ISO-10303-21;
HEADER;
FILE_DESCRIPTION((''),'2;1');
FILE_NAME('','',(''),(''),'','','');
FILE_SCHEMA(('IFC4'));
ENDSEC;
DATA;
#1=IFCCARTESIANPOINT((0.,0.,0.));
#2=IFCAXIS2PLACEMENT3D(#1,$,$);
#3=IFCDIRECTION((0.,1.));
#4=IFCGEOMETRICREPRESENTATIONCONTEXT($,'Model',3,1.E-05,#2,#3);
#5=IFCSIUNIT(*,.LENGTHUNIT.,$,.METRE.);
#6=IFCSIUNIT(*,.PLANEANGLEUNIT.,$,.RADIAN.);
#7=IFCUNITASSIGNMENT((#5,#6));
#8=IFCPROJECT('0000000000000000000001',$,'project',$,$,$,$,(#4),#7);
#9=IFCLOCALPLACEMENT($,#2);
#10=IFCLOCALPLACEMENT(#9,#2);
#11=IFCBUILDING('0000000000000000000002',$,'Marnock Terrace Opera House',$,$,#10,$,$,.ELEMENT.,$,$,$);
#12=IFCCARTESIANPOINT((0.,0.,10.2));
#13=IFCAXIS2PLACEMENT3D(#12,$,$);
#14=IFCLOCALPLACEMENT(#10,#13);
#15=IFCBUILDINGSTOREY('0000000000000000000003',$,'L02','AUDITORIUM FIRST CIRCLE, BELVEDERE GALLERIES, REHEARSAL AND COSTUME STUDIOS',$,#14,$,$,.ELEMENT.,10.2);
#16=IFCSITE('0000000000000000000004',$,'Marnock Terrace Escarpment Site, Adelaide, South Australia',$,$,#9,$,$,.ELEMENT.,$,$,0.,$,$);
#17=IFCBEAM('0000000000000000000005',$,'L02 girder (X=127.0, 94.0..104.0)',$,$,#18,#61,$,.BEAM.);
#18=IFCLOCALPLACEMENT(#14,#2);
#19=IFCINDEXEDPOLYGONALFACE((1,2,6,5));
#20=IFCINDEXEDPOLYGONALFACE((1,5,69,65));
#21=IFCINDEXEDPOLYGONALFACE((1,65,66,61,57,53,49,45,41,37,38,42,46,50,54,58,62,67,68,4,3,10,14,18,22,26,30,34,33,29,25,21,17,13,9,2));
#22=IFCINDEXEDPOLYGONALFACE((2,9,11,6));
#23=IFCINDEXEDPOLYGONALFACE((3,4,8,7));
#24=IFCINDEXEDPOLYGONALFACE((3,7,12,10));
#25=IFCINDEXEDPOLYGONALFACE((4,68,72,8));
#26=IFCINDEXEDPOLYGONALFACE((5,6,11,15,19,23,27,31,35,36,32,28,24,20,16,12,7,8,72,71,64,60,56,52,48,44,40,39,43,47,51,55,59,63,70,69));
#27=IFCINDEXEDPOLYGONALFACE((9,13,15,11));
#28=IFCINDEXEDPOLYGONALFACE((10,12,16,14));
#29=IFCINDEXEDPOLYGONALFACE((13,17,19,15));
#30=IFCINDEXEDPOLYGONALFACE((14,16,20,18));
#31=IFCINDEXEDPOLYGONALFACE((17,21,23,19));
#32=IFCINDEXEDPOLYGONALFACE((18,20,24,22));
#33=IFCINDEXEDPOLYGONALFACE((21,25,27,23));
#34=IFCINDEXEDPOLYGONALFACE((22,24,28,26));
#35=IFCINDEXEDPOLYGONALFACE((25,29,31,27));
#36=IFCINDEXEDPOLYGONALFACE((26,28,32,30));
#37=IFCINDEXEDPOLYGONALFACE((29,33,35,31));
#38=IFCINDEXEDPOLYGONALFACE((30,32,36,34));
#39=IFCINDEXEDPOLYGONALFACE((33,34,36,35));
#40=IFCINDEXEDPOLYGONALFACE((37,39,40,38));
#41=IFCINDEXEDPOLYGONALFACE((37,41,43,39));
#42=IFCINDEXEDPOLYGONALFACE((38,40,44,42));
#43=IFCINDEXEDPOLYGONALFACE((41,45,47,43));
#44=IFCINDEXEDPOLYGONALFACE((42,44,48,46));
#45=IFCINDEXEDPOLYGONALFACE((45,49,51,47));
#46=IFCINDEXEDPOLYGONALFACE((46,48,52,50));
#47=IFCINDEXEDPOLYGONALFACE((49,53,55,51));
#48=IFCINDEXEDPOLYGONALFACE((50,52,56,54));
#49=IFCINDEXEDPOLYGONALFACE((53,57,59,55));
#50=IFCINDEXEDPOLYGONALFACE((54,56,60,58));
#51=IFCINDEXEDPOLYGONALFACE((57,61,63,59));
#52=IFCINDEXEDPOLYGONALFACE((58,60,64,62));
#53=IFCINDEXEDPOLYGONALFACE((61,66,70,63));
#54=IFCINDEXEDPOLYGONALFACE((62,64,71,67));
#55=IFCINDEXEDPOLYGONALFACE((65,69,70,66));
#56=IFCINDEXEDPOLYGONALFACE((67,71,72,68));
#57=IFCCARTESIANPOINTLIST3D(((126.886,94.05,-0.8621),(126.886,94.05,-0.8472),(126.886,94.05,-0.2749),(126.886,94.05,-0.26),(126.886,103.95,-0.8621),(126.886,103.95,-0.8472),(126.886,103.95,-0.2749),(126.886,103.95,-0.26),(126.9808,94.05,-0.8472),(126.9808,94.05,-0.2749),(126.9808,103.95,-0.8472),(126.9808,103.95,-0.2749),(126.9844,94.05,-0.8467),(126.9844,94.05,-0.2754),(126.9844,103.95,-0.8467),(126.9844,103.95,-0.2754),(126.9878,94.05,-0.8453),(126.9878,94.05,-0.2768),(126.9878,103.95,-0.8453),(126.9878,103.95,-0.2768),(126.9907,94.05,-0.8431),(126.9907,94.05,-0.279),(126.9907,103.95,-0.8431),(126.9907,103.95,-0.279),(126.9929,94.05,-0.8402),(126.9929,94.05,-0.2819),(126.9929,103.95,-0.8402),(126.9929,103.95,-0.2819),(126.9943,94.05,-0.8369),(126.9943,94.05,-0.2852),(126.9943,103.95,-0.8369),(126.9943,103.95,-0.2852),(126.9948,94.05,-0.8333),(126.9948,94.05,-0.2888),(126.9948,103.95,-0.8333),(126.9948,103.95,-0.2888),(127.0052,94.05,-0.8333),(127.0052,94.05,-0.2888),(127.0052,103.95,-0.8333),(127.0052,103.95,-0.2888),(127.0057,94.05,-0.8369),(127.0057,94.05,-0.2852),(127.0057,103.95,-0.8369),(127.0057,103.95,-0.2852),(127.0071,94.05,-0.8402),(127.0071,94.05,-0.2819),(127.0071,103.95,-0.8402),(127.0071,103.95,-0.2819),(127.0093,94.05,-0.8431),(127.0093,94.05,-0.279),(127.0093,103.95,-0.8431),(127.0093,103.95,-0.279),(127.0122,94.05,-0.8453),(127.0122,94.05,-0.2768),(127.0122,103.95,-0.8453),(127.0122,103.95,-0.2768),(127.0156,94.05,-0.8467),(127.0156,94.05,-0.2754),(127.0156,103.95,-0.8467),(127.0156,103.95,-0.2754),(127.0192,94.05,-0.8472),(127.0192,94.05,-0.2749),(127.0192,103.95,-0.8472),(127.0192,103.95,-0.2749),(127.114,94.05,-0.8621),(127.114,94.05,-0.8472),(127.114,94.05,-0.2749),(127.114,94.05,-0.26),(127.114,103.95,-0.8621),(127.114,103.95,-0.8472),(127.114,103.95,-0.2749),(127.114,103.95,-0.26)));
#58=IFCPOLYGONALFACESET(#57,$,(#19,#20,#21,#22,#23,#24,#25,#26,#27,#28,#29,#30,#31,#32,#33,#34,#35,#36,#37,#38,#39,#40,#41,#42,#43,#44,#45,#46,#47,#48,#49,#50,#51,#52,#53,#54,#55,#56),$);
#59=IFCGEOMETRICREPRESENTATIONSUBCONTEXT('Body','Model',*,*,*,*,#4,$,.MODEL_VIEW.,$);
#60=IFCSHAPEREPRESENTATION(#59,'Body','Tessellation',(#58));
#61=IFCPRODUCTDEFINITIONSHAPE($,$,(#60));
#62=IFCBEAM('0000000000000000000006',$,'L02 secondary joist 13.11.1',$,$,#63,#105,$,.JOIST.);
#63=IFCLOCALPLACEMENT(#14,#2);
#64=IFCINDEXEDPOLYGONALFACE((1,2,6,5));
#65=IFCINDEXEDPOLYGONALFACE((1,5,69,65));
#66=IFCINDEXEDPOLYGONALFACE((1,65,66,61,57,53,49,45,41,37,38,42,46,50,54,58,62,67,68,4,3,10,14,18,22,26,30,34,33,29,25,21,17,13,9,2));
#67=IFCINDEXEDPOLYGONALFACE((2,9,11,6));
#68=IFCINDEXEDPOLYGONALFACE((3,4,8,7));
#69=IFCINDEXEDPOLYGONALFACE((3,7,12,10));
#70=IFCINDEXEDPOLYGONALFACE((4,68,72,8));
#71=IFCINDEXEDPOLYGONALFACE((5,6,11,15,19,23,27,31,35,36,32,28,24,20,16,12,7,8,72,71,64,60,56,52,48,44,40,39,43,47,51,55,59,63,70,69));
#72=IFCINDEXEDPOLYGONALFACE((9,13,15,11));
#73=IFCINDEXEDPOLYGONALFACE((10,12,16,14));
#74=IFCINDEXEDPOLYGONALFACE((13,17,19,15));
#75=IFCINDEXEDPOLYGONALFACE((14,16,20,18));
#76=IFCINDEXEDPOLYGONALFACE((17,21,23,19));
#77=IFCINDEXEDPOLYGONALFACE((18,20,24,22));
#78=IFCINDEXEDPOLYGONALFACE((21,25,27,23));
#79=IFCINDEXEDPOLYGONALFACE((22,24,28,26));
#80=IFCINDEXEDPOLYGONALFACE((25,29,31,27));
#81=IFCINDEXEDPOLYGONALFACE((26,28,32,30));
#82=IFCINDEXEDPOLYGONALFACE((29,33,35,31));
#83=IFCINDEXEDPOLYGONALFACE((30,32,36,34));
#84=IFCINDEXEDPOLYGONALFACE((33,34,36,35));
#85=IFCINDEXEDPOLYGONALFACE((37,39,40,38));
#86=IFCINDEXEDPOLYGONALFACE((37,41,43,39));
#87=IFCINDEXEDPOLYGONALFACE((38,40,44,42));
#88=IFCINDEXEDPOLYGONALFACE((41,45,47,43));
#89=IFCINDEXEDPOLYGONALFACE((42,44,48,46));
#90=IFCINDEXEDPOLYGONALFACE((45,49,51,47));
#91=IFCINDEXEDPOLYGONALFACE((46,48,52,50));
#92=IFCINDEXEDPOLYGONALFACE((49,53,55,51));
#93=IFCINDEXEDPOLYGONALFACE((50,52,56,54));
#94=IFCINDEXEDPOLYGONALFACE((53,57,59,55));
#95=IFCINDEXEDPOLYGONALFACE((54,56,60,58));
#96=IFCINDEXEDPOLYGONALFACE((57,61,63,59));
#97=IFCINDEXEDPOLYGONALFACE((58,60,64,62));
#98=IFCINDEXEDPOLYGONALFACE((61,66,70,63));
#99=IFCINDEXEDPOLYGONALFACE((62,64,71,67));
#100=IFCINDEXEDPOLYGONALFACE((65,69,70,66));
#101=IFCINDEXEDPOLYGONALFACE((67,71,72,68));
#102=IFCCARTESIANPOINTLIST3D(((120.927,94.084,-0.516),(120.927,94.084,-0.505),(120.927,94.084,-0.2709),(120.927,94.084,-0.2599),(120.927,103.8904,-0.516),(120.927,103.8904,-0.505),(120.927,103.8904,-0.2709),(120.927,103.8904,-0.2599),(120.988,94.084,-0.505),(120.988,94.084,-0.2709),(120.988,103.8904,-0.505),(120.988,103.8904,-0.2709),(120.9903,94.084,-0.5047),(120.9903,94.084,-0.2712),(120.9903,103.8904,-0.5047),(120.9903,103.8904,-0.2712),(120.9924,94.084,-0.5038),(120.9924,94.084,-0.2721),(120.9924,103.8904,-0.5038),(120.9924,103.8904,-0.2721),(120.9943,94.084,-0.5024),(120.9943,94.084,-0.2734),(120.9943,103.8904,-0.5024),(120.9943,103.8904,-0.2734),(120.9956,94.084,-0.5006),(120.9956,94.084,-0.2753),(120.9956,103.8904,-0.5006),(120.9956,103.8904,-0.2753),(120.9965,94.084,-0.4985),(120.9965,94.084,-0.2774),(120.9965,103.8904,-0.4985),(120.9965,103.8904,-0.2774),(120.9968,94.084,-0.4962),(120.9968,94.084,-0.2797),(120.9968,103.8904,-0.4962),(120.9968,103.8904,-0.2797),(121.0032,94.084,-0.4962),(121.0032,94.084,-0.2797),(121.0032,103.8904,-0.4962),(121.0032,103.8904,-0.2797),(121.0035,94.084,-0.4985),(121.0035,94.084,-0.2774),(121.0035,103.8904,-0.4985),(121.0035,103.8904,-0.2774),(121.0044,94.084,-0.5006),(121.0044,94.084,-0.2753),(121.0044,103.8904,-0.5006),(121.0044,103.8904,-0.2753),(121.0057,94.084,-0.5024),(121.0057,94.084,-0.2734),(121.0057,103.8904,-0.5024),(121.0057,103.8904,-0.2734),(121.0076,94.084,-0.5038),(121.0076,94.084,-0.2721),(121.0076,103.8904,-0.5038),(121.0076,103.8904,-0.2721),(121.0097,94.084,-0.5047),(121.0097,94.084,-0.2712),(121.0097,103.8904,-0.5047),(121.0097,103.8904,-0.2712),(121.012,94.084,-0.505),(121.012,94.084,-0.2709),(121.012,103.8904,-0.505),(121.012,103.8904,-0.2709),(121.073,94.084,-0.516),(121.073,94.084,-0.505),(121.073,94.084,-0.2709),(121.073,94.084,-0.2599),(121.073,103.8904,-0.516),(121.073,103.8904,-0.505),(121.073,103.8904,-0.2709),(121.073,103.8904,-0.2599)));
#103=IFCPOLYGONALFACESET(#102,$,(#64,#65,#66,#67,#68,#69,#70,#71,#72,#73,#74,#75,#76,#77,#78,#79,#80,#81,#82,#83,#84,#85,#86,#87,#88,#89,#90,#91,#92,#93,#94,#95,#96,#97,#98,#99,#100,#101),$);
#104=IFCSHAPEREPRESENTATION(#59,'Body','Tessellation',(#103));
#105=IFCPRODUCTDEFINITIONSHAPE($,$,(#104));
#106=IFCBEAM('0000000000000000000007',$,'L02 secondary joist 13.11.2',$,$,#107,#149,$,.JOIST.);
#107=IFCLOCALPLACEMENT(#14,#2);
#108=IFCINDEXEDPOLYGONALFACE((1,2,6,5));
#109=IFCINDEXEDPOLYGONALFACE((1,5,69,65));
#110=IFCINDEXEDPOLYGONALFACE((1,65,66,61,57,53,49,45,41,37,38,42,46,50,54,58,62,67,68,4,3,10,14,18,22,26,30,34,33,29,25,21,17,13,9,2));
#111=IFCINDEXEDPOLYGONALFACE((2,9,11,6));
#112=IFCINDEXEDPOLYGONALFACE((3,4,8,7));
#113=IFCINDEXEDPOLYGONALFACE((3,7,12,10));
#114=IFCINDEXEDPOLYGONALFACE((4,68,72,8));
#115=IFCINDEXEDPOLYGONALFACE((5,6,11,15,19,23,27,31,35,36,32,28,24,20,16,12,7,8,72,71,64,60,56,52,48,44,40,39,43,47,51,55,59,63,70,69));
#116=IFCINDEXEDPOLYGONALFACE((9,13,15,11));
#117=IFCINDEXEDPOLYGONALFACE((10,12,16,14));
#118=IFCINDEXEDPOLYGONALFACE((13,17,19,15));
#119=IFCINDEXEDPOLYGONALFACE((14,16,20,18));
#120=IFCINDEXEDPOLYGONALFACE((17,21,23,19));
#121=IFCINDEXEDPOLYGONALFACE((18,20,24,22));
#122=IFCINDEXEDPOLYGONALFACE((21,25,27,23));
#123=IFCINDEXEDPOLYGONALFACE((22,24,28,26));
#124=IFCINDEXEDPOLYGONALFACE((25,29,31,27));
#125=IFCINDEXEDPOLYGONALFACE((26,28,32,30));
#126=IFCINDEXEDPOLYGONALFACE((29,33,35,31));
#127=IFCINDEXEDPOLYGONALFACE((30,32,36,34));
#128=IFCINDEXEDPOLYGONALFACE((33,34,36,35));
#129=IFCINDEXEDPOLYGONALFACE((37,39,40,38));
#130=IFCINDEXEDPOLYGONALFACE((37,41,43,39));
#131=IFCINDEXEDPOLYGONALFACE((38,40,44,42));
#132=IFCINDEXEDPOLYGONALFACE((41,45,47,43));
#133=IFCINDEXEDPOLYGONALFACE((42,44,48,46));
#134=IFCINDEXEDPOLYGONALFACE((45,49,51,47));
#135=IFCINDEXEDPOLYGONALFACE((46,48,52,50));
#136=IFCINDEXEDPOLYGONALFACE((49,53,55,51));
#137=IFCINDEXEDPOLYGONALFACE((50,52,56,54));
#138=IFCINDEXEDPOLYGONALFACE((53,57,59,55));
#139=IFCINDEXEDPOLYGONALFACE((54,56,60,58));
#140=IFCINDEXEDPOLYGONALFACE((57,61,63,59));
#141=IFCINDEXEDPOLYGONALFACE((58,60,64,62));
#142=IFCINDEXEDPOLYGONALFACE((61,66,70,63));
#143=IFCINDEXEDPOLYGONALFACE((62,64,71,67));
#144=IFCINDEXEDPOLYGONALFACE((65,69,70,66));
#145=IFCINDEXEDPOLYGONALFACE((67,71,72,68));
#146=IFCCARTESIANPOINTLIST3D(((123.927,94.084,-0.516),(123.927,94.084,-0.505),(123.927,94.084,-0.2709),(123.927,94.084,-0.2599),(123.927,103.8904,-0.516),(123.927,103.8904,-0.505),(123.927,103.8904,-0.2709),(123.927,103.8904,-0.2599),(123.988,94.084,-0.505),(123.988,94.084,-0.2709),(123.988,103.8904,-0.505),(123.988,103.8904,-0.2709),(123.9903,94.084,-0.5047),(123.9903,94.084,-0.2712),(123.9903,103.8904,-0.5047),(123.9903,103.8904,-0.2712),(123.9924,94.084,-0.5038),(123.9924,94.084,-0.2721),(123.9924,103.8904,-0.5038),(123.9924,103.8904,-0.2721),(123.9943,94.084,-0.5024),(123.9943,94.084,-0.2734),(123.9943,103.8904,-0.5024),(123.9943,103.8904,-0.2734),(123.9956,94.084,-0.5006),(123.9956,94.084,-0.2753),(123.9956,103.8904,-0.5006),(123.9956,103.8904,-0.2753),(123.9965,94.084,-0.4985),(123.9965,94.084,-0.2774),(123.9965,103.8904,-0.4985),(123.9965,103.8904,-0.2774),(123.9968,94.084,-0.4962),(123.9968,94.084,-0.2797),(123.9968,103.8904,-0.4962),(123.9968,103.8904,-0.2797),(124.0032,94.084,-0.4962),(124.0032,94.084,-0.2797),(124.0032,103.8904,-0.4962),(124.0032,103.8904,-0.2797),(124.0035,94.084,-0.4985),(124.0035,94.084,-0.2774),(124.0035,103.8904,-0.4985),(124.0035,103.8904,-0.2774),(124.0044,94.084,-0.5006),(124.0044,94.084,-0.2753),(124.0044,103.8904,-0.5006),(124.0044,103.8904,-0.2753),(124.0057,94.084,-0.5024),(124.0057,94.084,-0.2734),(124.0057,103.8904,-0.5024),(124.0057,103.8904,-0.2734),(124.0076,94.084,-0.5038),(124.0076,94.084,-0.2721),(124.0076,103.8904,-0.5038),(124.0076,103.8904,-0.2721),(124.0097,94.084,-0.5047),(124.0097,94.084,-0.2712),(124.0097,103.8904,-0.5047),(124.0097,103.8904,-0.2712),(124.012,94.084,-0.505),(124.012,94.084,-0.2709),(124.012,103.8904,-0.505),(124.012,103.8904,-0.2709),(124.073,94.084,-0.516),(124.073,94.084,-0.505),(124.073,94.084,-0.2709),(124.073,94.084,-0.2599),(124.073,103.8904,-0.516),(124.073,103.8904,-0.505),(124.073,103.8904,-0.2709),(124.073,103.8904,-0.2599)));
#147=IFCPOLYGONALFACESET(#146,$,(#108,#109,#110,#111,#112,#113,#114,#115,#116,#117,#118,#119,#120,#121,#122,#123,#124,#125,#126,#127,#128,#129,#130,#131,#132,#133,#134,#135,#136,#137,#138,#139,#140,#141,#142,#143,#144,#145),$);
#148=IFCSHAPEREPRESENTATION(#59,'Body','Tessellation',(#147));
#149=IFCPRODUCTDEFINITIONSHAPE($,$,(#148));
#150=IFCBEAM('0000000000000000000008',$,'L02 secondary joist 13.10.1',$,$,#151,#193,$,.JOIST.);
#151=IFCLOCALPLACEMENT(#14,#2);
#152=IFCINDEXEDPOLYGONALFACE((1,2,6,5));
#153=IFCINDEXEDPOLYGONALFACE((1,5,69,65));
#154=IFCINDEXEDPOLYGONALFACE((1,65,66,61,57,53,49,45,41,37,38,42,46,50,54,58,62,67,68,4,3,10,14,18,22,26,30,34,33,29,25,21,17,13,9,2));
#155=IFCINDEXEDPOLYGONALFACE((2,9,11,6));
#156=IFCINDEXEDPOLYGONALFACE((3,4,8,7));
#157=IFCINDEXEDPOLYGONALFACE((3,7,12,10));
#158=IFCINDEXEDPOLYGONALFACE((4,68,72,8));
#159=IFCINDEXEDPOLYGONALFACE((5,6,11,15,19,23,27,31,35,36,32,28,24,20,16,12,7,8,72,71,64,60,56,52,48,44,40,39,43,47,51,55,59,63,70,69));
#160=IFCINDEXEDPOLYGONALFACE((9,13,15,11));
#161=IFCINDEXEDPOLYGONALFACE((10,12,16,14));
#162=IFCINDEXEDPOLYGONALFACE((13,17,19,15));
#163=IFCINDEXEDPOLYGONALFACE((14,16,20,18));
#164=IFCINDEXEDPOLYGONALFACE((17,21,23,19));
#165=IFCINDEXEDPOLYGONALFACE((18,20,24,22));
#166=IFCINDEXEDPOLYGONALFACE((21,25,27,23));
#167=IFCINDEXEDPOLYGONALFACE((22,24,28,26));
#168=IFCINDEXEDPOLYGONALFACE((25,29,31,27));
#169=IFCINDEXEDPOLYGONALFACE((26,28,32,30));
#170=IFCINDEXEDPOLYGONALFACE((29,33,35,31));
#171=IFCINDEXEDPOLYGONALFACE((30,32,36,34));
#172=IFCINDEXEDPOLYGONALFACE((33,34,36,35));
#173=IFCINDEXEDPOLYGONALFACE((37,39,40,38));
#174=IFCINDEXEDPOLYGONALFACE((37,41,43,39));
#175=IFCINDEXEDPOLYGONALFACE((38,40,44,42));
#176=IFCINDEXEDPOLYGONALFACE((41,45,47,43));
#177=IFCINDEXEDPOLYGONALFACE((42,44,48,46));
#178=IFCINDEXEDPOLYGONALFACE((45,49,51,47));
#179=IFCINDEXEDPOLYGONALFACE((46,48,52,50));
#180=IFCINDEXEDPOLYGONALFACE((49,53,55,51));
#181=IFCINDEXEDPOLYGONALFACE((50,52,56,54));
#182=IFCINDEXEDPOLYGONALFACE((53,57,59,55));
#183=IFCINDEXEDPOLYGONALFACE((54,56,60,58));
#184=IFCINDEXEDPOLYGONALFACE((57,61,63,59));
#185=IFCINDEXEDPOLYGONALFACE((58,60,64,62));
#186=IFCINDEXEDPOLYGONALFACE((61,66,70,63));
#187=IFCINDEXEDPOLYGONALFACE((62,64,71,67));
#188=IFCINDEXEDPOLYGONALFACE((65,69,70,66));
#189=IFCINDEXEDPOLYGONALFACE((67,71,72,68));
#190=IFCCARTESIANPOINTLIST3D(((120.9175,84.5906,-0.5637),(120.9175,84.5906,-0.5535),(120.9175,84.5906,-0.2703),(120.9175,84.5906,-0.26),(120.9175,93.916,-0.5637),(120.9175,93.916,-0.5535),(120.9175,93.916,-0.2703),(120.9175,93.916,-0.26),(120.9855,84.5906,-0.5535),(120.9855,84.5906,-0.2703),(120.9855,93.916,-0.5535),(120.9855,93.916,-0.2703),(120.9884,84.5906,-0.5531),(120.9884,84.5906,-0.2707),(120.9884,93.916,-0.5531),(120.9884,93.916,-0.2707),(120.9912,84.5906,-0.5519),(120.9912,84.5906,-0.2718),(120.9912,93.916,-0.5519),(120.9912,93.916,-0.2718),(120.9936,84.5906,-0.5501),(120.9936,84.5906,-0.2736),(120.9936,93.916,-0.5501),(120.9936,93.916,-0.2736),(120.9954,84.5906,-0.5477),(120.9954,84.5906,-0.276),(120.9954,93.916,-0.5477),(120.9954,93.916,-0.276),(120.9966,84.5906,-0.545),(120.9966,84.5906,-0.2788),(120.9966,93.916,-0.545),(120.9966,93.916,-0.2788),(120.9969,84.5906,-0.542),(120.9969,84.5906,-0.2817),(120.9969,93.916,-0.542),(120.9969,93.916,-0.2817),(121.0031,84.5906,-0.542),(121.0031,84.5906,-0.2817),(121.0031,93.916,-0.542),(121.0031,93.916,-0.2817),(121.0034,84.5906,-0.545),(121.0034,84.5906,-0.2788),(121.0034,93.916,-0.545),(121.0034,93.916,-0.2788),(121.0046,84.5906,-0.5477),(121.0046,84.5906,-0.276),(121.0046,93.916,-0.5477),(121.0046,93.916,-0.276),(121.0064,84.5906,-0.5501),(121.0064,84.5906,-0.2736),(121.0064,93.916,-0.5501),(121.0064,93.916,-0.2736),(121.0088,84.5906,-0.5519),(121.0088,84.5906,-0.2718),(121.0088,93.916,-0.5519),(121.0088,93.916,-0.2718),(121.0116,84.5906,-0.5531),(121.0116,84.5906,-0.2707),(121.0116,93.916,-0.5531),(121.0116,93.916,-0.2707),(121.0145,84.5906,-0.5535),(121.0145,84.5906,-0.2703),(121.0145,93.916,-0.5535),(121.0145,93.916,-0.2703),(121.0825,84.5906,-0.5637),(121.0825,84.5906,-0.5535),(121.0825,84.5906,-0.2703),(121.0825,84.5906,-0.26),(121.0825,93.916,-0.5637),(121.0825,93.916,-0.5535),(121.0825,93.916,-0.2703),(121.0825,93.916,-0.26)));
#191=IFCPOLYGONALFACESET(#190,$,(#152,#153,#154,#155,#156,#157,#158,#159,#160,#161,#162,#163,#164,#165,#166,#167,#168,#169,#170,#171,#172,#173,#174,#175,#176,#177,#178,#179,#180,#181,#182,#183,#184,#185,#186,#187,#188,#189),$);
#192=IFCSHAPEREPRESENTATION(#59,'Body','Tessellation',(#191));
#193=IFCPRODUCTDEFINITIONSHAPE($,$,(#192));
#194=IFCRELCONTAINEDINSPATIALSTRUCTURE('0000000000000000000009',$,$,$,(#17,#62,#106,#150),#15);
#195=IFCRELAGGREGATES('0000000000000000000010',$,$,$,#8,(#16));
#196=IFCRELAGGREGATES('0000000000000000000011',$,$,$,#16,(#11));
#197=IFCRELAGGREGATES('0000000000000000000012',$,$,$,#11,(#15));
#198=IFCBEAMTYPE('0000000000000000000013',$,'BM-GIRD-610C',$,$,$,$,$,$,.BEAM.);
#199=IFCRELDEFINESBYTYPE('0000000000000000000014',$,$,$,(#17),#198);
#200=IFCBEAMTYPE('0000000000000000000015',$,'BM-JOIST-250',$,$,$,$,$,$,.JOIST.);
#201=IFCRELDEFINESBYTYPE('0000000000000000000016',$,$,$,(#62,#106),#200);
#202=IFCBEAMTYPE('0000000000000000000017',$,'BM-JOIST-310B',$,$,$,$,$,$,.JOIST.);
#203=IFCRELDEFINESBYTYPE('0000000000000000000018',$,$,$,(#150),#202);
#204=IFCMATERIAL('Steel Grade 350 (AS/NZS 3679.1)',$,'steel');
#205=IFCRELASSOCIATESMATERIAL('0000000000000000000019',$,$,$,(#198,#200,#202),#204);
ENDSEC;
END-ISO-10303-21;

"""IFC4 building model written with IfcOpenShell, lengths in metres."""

from ifc_helpers import new_model, si_unit, direction, frame, origin, origin_2d, place, context, subcontext, project, spatial, i_section, extrude, material, material_profile, profile_set, type_object, element, save


model = new_model("IFC4")

# Units and contexts
model_context = context("Model", 3, precision=1e-05, world=origin(), true_north=direction((0.0, 1.0)))
body_context = subcontext(model_context, "Body", "Model", "MODEL_VIEW")
ifc_project = project(units=[si_unit("LENGTHUNIT", "METRE"), si_unit("PLANEANGLEUNIT", "RADIAN")], contexts=[model_context])

# Site, building, storey
site_placement = place(None, origin())
site = spatial("IfcSite", under=ifc_project, at=site_placement, Name="Marnock Terrace Escarpment Site, Adelaide, South Australia", CompositionType="ELEMENT", RefElevation=0.0)
building_placement = place(site_placement, origin())
building = spatial("IfcBuilding", under=site, at=building_placement, Name="Marnock Terrace Opera House", CompositionType="ELEMENT")
storey_placement = place(building_placement, frame((0.0, 0.0, 10.2)))
storey = spatial("IfcBuildingStorey", under=building, at=storey_placement, Name="L02", Description="AUDITORIUM FIRST CIRCLE, BELVEDERE GALLERIES, REHEARSAL AND COSTUME STUDIOS", CompositionType="ELEMENT", Elevation=10.2)

# Beams
ifc_material_1 = material(Name="Steel Grade 350 (AS/NZS 3679.1)", Category="steel")
ifc_material_profile_1 = material_profile(ifc_material_1, i_section(OverallWidth=0.228, OverallDepth=0.6021, WebThickness=0.0105, FlangeThickness=0.0149, FilletRadius=0.0139, at=origin_2d()))
ifc_profile_set_1 = profile_set([ifc_material_profile_1], Name="Steel Grade 350 (AS/NZS 3679.1)")
beam_type_1 = type_object("IfcBeamType", Name="BM-GIRD-610C", PredefinedType="BEAM", material=ifc_profile_set_1)
beam_1_placement = place(storey_placement, frame((127.0, 94.05, -0.561), z_axis=(0.0, 1.0, 0.0), x_axis=(-1.0, 0.0, 0.0)))
element("IfcBeam", 1, at=beam_1_placement, inside=storey, type_object=beam_type_1, Name="L02 girder (X=127.0, 94.0..104.0)", PredefinedType="BEAM", context=body_context, shape_type="SweptSolid", body=[
    extrude(i_section(OverallWidth=0.228, OverallDepth=0.6021, WebThickness=0.0105, FlangeThickness=0.0149, FilletRadius=0.0139, at=origin_2d()), origin(), (0.0, 0.0, 1.0), 9.8999),
])
ifc_material_profile_2 = material_profile(ifc_material_1, i_section(OverallWidth=0.146, OverallDepth=0.2561, WebThickness=0.0063, FlangeThickness=0.011, FilletRadius=0.0088, at=origin_2d()))
ifc_profile_set_2 = profile_set([ifc_material_profile_2], Name="Steel Grade 350 (AS/NZS 3679.1)")
beam_type_2 = type_object("IfcBeamType", Name="BM-JOIST-250", PredefinedType="JOIST", material=ifc_profile_set_2)
for number, where, z_axis, x_axis, name in (
    (2, (121.0, 94.084, -0.3879), (0.0, 1.0, 0.0), (-1.0, 0.0, 0.0), "L02 secondary joist 13.11.1"),
    (3, (124.0, 94.084, -0.3879), (0.0, 1.0, 0.0), (-1.0, 0.0, 0.0), "L02 secondary joist 13.11.2"),
):
    element("IfcBeam", number, at=place(storey_placement, frame(where, z_axis=z_axis, x_axis=x_axis)), inside=storey, type_object=beam_type_2, Name=name, PredefinedType="JOIST", context=body_context, shape_type="SweptSolid", body=[
        extrude(i_section(OverallWidth=0.146, OverallDepth=0.2561, WebThickness=0.0063, FlangeThickness=0.011, FilletRadius=0.0088, at=origin_2d()), origin(), (0.0, 0.0, 1.0), 9.8064),
    ])
ifc_material_profile_3 = material_profile(ifc_material_1, i_section(OverallWidth=0.165, OverallDepth=0.3037, WebThickness=0.0061, FlangeThickness=0.0103, FilletRadius=0.0115, at=origin_2d()))
ifc_profile_set_3 = profile_set([ifc_material_profile_3], Name="Steel Grade 350 (AS/NZS 3679.1)")
beam_type_3 = type_object("IfcBeamType", Name="BM-JOIST-310B", PredefinedType="JOIST", material=ifc_profile_set_3)
for number, where, z_axis, x_axis, name in (
    (4, (121.0, 84.5906, -0.4119), (0.0, 1.0, 0.0), (-1.0, 0.0, 0.0), "L02 secondary joist 13.10.1"),
):
    element("IfcBeam", number, at=place(storey_placement, frame(where, z_axis=z_axis, x_axis=x_axis)), inside=storey, type_object=beam_type_3, Name=name, PredefinedType="JOIST", context=body_context, shape_type="SweptSolid", body=[
        extrude(i_section(OverallWidth=0.165, OverallDepth=0.3037, WebThickness=0.0061, FlangeThickness=0.0103, FilletRadius=0.0115, at=origin_2d()), origin(), (0.0, 0.0, 1.0), 9.3254),
    ])

save(model, "model.ifc")
